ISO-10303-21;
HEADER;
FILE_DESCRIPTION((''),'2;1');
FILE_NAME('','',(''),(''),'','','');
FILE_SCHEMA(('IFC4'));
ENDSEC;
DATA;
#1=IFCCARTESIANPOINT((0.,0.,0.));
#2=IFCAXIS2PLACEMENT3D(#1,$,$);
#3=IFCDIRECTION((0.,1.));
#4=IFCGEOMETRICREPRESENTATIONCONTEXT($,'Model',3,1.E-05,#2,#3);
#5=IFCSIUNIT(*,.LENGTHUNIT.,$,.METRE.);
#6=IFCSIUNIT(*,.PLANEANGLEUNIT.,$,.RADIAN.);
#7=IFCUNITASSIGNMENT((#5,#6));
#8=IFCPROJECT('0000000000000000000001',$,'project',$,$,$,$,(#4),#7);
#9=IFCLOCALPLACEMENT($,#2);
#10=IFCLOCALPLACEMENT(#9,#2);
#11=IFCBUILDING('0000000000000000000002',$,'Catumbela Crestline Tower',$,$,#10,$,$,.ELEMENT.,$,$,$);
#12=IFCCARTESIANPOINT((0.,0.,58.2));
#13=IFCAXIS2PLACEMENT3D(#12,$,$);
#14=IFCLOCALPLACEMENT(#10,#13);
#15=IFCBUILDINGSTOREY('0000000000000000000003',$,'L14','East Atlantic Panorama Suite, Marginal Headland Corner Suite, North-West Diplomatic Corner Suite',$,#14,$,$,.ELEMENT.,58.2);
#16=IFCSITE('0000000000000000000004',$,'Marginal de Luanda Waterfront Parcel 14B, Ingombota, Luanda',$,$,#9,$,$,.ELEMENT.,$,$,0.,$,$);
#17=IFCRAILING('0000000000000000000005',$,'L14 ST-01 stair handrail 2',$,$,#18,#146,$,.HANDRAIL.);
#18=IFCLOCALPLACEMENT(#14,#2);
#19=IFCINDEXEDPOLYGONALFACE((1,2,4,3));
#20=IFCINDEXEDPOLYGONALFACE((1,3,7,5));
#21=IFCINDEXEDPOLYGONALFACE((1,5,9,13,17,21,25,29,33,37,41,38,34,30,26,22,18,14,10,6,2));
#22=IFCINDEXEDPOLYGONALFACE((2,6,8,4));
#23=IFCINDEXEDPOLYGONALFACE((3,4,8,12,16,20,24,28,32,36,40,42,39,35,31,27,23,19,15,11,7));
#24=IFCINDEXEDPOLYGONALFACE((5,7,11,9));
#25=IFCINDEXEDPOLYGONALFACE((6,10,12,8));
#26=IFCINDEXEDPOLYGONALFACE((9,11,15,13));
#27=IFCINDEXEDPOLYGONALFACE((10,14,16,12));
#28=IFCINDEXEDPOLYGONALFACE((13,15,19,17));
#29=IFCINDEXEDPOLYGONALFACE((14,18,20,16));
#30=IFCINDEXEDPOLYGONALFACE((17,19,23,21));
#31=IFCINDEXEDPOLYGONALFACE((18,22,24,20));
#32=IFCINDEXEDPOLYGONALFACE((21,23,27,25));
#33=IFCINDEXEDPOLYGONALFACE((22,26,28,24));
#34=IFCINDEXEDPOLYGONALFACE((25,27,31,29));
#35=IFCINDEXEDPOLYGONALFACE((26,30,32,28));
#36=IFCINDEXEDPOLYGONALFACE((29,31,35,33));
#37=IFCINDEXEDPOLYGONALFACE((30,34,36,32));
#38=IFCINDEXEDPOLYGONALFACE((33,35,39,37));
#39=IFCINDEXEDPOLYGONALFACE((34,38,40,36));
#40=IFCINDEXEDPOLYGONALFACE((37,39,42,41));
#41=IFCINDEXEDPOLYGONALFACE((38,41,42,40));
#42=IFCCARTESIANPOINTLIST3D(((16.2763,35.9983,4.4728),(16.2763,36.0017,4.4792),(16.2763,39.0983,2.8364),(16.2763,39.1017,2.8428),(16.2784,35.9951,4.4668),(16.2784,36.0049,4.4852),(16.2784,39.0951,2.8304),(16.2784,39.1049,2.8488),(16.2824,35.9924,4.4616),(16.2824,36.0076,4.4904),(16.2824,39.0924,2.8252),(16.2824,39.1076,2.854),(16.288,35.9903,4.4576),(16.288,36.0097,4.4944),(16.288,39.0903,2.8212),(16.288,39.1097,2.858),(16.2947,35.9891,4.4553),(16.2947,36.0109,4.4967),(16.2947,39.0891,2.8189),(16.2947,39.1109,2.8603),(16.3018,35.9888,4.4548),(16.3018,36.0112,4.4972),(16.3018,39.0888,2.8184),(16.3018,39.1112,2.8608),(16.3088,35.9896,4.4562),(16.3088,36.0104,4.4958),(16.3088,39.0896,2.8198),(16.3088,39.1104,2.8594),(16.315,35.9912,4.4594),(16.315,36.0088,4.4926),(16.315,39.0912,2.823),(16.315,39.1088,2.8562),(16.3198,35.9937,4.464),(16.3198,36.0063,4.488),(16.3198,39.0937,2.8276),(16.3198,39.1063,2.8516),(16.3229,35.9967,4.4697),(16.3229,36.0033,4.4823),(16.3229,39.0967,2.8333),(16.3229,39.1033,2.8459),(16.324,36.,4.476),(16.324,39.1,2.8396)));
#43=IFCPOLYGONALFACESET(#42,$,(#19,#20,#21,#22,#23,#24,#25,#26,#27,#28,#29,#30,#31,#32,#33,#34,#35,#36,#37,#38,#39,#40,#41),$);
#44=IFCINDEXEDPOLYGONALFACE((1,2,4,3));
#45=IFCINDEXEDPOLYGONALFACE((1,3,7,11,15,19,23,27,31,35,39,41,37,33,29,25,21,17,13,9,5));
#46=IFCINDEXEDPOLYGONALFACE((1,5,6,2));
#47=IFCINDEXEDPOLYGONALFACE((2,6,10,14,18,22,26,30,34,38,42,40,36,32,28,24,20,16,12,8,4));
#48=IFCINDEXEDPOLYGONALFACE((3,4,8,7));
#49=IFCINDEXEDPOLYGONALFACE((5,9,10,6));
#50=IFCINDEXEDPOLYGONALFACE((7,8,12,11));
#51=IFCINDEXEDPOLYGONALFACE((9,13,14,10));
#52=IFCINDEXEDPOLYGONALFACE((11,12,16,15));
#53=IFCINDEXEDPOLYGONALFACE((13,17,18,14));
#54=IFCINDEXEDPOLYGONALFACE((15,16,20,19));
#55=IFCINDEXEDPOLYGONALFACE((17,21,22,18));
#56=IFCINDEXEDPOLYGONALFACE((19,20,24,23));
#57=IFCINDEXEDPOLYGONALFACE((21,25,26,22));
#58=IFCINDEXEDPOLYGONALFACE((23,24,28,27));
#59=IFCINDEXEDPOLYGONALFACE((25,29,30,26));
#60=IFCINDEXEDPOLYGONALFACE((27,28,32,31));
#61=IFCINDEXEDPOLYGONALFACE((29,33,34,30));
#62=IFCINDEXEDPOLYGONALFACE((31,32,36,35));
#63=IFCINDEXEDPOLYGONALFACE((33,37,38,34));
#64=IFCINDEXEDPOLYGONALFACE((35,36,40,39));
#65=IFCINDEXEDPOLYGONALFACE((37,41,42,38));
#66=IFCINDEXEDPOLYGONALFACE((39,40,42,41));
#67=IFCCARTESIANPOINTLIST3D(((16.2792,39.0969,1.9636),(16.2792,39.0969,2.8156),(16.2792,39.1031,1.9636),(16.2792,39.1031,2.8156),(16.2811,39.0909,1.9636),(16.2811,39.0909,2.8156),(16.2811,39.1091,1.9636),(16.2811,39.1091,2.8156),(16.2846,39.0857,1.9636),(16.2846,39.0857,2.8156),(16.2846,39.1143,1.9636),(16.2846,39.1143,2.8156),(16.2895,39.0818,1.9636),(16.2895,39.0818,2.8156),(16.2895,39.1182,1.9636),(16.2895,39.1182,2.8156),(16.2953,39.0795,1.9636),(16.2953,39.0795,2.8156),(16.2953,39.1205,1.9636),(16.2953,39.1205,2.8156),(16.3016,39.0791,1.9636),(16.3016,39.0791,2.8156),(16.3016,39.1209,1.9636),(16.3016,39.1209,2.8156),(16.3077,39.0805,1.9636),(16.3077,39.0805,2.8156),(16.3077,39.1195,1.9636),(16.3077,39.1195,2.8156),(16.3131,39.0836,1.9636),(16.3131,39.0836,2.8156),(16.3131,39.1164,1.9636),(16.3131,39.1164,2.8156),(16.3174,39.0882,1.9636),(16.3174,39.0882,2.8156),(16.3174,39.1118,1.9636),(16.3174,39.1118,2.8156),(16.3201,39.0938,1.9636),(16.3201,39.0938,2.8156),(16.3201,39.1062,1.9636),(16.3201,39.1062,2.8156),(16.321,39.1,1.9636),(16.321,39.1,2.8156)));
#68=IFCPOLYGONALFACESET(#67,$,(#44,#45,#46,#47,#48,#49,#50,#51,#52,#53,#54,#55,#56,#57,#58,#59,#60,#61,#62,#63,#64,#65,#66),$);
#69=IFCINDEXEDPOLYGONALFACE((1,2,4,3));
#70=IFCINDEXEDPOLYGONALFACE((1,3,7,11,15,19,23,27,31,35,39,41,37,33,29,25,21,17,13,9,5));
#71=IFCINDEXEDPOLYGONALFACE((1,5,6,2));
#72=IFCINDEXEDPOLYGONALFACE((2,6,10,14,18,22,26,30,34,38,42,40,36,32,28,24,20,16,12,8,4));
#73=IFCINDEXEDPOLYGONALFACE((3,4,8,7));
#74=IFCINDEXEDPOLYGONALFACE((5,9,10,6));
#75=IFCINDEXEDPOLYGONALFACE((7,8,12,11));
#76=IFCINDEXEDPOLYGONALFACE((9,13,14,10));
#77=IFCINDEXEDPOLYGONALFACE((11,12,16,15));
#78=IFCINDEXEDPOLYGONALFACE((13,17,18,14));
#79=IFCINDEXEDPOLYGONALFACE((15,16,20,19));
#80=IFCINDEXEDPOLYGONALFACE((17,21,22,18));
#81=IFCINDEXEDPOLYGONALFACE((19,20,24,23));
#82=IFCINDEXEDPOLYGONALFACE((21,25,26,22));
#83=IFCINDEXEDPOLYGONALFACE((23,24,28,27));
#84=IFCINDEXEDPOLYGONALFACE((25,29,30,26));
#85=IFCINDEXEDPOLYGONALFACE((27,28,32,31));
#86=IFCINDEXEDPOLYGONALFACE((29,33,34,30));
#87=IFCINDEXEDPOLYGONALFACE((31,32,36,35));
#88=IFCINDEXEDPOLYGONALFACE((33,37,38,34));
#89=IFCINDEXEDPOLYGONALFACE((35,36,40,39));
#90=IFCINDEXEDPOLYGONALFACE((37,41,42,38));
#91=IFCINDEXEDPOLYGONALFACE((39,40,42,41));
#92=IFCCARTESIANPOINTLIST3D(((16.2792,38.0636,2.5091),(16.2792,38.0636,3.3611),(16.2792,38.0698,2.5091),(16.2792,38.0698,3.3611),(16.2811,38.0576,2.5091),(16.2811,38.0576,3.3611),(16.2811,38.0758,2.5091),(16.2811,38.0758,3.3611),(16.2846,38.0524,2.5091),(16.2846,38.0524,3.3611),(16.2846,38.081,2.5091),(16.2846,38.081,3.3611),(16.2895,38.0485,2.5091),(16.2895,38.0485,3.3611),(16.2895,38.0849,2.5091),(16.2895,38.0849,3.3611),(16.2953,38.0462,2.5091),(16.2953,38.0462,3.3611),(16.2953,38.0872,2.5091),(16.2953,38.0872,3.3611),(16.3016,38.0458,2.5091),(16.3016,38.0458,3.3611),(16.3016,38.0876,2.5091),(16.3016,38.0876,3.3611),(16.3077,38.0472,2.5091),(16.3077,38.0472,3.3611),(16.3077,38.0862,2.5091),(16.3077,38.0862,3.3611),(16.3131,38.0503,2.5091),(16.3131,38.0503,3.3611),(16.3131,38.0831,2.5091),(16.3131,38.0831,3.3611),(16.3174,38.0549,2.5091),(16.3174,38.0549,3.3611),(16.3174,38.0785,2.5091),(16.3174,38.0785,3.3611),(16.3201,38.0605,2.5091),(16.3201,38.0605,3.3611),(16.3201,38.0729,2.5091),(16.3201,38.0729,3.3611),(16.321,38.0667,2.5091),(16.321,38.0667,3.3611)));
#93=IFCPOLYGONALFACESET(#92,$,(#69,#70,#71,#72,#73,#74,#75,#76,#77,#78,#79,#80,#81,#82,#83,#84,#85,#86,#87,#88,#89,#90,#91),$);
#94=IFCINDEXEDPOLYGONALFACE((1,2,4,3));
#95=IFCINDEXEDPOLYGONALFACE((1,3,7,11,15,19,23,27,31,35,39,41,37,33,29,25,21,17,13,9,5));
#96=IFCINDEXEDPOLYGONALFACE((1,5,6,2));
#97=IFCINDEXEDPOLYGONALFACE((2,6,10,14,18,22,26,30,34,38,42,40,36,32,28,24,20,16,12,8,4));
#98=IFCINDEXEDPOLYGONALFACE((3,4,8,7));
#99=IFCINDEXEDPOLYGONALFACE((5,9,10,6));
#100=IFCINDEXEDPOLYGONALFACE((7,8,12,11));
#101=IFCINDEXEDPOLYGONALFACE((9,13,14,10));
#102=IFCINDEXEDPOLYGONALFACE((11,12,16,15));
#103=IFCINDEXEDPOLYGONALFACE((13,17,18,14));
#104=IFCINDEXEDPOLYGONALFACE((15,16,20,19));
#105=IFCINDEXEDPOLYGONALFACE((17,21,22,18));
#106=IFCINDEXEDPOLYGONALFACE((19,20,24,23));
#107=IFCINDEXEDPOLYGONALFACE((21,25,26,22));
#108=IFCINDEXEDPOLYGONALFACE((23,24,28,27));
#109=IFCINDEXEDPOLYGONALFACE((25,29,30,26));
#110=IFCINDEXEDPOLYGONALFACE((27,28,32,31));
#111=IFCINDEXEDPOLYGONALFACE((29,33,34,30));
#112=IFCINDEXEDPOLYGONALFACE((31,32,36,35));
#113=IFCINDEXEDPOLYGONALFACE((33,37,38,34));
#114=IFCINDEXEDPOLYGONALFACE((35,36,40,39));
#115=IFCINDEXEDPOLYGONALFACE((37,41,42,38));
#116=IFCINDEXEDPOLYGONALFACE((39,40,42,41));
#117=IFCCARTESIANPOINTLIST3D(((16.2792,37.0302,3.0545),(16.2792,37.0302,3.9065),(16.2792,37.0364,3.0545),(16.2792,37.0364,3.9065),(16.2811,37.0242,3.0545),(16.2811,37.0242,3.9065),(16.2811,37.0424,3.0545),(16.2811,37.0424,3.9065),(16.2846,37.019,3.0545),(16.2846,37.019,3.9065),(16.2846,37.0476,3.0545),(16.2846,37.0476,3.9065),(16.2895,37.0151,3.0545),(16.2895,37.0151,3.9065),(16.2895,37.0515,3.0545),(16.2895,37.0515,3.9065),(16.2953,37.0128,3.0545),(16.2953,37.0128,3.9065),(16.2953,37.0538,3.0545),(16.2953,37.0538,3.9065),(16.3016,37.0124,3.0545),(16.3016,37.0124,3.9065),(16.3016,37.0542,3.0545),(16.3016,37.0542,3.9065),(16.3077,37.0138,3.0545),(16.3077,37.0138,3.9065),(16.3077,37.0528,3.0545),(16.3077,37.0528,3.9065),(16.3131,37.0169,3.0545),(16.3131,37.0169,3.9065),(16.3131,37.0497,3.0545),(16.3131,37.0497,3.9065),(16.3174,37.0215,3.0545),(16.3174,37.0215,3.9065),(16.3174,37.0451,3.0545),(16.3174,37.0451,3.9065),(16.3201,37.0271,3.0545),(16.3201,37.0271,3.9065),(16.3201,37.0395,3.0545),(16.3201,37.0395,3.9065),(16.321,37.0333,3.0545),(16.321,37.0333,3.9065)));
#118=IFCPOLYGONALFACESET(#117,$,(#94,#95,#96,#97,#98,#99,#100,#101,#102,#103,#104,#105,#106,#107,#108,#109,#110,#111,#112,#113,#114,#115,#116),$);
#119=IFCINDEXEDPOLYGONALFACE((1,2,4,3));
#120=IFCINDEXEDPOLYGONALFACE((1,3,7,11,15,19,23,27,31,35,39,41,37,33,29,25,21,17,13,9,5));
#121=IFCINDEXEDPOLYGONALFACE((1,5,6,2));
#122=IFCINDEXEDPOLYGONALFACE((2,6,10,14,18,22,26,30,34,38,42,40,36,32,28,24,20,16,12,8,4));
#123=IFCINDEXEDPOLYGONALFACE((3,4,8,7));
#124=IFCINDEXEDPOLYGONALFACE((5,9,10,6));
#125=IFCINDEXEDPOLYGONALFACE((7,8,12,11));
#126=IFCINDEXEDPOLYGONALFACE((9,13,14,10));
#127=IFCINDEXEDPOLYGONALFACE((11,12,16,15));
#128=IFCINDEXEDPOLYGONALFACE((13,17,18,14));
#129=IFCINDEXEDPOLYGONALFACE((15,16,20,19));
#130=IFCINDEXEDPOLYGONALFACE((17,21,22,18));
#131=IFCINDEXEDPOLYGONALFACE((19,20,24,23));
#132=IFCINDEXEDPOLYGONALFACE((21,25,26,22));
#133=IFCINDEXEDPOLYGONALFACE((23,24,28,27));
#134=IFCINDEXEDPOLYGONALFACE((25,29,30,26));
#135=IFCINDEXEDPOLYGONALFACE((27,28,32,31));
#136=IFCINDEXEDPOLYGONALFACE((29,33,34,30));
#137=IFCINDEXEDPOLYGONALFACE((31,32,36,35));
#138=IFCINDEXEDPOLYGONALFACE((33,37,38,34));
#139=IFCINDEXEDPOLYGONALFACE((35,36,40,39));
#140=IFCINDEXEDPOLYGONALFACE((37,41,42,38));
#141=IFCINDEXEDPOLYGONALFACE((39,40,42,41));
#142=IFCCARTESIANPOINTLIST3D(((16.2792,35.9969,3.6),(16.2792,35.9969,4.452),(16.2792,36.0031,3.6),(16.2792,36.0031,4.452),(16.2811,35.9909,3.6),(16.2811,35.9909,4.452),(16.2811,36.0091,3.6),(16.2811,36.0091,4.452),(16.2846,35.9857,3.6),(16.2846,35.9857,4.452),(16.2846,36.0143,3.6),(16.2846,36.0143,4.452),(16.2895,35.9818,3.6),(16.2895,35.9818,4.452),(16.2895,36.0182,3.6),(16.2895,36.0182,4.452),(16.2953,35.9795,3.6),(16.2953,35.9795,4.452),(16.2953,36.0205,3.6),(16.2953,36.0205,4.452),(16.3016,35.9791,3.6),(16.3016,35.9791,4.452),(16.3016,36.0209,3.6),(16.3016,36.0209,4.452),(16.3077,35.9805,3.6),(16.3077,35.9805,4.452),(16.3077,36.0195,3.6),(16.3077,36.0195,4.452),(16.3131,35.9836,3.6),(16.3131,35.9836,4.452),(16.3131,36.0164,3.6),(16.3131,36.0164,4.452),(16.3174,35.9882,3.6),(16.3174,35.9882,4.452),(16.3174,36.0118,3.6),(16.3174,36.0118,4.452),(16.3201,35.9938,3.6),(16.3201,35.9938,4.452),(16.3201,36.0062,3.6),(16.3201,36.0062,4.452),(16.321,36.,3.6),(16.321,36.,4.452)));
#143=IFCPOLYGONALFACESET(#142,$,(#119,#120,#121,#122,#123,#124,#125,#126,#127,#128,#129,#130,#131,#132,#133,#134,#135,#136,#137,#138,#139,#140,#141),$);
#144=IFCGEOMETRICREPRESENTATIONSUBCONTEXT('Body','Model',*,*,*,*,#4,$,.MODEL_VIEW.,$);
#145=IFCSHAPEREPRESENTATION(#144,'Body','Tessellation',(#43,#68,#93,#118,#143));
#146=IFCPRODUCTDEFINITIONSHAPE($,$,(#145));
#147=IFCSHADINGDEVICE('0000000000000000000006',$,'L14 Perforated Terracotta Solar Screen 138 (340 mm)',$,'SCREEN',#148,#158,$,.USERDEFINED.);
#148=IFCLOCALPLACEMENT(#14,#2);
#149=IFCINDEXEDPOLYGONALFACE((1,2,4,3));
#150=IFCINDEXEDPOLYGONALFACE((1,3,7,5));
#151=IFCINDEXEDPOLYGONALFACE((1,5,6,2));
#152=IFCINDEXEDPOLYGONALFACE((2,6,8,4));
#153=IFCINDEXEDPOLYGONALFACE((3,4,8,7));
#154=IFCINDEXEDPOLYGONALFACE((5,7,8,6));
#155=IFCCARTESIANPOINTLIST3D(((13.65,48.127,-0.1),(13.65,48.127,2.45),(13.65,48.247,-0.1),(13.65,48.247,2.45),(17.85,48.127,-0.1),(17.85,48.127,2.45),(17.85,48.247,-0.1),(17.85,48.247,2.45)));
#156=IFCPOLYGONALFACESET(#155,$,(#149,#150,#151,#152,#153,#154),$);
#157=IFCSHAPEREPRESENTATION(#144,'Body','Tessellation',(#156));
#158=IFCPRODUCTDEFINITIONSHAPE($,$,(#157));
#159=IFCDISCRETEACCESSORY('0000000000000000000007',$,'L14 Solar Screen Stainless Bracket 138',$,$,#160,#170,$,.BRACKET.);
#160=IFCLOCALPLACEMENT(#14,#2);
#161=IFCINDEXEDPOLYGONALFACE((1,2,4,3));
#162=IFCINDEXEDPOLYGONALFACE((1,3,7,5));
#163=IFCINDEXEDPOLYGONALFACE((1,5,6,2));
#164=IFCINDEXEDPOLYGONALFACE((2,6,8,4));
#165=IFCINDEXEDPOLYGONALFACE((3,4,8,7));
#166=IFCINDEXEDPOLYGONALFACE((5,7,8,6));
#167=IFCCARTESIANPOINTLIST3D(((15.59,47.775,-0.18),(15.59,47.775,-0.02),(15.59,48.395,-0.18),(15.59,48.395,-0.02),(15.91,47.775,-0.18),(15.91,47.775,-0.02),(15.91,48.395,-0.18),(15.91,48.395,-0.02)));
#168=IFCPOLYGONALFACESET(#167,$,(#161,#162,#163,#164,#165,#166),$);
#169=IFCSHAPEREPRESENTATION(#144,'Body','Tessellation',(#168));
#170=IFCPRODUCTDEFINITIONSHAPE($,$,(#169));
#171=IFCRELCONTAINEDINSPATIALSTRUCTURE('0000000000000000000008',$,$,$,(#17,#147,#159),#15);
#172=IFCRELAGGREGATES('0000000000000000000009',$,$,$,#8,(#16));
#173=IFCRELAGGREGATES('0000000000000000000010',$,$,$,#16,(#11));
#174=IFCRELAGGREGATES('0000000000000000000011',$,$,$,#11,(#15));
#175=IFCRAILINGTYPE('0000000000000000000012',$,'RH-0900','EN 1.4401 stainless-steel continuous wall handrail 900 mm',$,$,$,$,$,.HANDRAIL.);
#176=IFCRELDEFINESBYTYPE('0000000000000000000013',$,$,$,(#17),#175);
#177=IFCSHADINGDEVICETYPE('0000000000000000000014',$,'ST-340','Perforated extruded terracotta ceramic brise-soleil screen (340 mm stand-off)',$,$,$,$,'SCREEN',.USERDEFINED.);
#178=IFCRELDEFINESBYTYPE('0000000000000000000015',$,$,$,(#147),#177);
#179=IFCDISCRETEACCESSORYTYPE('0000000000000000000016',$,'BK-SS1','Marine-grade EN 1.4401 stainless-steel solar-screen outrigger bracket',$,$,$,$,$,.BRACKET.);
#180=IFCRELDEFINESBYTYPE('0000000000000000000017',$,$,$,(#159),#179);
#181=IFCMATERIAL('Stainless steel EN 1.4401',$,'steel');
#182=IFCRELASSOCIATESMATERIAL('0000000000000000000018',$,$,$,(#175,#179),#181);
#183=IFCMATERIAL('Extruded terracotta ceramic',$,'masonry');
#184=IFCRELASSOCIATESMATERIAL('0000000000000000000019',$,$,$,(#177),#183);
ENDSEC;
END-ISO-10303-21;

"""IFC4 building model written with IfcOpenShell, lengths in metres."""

from ifc_helpers import new_model, si_unit, direction, frame, origin, origin_2d, place, context, subcontext, project, spatial, rectangle, circle, extrude, material, type_object, element, save


model = new_model("IFC4")

# Units and contexts
model_context = context("Model", 3, precision=1e-05, world=origin(), true_north=direction((0.0, 1.0)))
body_context = subcontext(model_context, "Body", "Model", "MODEL_VIEW")
ifc_project = project(units=[si_unit("LENGTHUNIT", "METRE"), si_unit("PLANEANGLEUNIT", "RADIAN")], contexts=[model_context])

# Site, building, storey
site_placement = place(None, origin())
site = spatial("IfcSite", under=ifc_project, at=site_placement, Name="Marginal de Luanda Waterfront Parcel 14B, Ingombota, Luanda", CompositionType="ELEMENT", RefElevation=0.0)
building_placement = place(site_placement, origin())
building = spatial("IfcBuilding", under=site, at=building_placement, Name="Catumbela Crestline Tower", CompositionType="ELEMENT")
storey_placement = place(building_placement, frame((0.0, 0.0, 58.2)))
storey = spatial("IfcBuildingStorey", under=building, at=storey_placement, Name="L14", Description="East Atlantic Panorama Suite, Marginal Headland Corner Suite, North-West Diplomatic Corner Suite", CompositionType="ELEMENT", Elevation=58.2)

# Railing
ifc_material_1 = material(Name="Stainless steel EN 1.4401", Category="steel")
railing_type_1 = type_object("IfcRailingType", Name="RH-0900", Description="EN 1.4401 stainless-steel continuous wall handrail 900 mm", PredefinedType="HANDRAIL", material=ifc_material_1)
railing_1_placement = place(storey_placement, frame((16.3, 39.1, 1.9636)))
element("IfcRailing", 1, at=railing_1_placement, inside=storey, type_object=railing_type_1, Name="L14 ST-01 stair handrail 2", PredefinedType="HANDRAIL", context=body_context, shape_type="SweptSolid", body=[
    extrude(circle(Radius=0.024, at=origin_2d()), frame((0.0, 0.0, 0.876), z_axis=(0.0, -0.884351, 0.466823), x_axis=(1.0, 0.0, 0.0)), (0.0, 0.0, 1.0), 3.5054),
    extrude(circle(Radius=0.021, at=origin_2d()), origin(), (0.0, 0.0, 1.0), 0.852),
    extrude(circle(Radius=0.021, at=origin_2d()), frame((0.0, -1.0333, 0.5455)), (0.0, 0.0, 1.0), 0.852),
    extrude(circle(Radius=0.021, at=origin_2d()), frame((0.0, -2.0667, 1.0909)), (0.0, 0.0, 1.0), 0.852),
    extrude(circle(Radius=0.021, at=origin_2d()), frame((0.0, -3.1, 1.6364)), (0.0, 0.0, 1.0), 0.852),
])

# Shading device
ifc_material_2 = material(Name="Extruded terracotta ceramic", Category="masonry")
shading_device_type = type_object("IfcShadingDeviceType", Name="ST-340", Description="Perforated extruded terracotta ceramic brise-soleil screen (340 mm stand-off)", ElementType="SCREEN", PredefinedType="USERDEFINED", material=ifc_material_2)
shading_device_placement = place(storey_placement, frame((15.75, 48.187, -0.1), z_axis=(0.0, 0.0, 1.0), x_axis=(-1.0, 0.0, 0.0)))
element("IfcShadingDevice", 2, at=shading_device_placement, inside=storey, type_object=shading_device_type, Name="L14 Perforated Terracotta Solar Screen 138 (340 mm)", ObjectType="SCREEN", PredefinedType="USERDEFINED", context=body_context, shape_type="SweptSolid", body=[
    extrude(rectangle(XDim=4.2, YDim=0.12, at=origin_2d()), origin(), (0.0, 0.0, 1.0), 2.55),
])

# Discrete accessory
discrete_accessory_type = type_object("IfcDiscreteAccessoryType", Name="BK-SS1", Description="Marine-grade EN 1.4401 stainless-steel solar-screen outrigger bracket", PredefinedType="BRACKET", material=ifc_material_1)
discrete_accessory_placement = place(storey_placement, frame((15.75, 48.085, -0.18), z_axis=(0.0, 0.0, 1.0), x_axis=(-1.0, 0.0, 0.0)))
element("IfcDiscreteAccessory", 3, at=discrete_accessory_placement, inside=storey, type_object=discrete_accessory_type, Name="L14 Solar Screen Stainless Bracket 138", PredefinedType="BRACKET", context=body_context, shape_type="SweptSolid", body=[
    extrude(rectangle(XDim=0.32, YDim=0.62, at=origin_2d()), origin(), (0.0, 0.0, 1.0), 0.16),
])

save(model, "model.ifc")
